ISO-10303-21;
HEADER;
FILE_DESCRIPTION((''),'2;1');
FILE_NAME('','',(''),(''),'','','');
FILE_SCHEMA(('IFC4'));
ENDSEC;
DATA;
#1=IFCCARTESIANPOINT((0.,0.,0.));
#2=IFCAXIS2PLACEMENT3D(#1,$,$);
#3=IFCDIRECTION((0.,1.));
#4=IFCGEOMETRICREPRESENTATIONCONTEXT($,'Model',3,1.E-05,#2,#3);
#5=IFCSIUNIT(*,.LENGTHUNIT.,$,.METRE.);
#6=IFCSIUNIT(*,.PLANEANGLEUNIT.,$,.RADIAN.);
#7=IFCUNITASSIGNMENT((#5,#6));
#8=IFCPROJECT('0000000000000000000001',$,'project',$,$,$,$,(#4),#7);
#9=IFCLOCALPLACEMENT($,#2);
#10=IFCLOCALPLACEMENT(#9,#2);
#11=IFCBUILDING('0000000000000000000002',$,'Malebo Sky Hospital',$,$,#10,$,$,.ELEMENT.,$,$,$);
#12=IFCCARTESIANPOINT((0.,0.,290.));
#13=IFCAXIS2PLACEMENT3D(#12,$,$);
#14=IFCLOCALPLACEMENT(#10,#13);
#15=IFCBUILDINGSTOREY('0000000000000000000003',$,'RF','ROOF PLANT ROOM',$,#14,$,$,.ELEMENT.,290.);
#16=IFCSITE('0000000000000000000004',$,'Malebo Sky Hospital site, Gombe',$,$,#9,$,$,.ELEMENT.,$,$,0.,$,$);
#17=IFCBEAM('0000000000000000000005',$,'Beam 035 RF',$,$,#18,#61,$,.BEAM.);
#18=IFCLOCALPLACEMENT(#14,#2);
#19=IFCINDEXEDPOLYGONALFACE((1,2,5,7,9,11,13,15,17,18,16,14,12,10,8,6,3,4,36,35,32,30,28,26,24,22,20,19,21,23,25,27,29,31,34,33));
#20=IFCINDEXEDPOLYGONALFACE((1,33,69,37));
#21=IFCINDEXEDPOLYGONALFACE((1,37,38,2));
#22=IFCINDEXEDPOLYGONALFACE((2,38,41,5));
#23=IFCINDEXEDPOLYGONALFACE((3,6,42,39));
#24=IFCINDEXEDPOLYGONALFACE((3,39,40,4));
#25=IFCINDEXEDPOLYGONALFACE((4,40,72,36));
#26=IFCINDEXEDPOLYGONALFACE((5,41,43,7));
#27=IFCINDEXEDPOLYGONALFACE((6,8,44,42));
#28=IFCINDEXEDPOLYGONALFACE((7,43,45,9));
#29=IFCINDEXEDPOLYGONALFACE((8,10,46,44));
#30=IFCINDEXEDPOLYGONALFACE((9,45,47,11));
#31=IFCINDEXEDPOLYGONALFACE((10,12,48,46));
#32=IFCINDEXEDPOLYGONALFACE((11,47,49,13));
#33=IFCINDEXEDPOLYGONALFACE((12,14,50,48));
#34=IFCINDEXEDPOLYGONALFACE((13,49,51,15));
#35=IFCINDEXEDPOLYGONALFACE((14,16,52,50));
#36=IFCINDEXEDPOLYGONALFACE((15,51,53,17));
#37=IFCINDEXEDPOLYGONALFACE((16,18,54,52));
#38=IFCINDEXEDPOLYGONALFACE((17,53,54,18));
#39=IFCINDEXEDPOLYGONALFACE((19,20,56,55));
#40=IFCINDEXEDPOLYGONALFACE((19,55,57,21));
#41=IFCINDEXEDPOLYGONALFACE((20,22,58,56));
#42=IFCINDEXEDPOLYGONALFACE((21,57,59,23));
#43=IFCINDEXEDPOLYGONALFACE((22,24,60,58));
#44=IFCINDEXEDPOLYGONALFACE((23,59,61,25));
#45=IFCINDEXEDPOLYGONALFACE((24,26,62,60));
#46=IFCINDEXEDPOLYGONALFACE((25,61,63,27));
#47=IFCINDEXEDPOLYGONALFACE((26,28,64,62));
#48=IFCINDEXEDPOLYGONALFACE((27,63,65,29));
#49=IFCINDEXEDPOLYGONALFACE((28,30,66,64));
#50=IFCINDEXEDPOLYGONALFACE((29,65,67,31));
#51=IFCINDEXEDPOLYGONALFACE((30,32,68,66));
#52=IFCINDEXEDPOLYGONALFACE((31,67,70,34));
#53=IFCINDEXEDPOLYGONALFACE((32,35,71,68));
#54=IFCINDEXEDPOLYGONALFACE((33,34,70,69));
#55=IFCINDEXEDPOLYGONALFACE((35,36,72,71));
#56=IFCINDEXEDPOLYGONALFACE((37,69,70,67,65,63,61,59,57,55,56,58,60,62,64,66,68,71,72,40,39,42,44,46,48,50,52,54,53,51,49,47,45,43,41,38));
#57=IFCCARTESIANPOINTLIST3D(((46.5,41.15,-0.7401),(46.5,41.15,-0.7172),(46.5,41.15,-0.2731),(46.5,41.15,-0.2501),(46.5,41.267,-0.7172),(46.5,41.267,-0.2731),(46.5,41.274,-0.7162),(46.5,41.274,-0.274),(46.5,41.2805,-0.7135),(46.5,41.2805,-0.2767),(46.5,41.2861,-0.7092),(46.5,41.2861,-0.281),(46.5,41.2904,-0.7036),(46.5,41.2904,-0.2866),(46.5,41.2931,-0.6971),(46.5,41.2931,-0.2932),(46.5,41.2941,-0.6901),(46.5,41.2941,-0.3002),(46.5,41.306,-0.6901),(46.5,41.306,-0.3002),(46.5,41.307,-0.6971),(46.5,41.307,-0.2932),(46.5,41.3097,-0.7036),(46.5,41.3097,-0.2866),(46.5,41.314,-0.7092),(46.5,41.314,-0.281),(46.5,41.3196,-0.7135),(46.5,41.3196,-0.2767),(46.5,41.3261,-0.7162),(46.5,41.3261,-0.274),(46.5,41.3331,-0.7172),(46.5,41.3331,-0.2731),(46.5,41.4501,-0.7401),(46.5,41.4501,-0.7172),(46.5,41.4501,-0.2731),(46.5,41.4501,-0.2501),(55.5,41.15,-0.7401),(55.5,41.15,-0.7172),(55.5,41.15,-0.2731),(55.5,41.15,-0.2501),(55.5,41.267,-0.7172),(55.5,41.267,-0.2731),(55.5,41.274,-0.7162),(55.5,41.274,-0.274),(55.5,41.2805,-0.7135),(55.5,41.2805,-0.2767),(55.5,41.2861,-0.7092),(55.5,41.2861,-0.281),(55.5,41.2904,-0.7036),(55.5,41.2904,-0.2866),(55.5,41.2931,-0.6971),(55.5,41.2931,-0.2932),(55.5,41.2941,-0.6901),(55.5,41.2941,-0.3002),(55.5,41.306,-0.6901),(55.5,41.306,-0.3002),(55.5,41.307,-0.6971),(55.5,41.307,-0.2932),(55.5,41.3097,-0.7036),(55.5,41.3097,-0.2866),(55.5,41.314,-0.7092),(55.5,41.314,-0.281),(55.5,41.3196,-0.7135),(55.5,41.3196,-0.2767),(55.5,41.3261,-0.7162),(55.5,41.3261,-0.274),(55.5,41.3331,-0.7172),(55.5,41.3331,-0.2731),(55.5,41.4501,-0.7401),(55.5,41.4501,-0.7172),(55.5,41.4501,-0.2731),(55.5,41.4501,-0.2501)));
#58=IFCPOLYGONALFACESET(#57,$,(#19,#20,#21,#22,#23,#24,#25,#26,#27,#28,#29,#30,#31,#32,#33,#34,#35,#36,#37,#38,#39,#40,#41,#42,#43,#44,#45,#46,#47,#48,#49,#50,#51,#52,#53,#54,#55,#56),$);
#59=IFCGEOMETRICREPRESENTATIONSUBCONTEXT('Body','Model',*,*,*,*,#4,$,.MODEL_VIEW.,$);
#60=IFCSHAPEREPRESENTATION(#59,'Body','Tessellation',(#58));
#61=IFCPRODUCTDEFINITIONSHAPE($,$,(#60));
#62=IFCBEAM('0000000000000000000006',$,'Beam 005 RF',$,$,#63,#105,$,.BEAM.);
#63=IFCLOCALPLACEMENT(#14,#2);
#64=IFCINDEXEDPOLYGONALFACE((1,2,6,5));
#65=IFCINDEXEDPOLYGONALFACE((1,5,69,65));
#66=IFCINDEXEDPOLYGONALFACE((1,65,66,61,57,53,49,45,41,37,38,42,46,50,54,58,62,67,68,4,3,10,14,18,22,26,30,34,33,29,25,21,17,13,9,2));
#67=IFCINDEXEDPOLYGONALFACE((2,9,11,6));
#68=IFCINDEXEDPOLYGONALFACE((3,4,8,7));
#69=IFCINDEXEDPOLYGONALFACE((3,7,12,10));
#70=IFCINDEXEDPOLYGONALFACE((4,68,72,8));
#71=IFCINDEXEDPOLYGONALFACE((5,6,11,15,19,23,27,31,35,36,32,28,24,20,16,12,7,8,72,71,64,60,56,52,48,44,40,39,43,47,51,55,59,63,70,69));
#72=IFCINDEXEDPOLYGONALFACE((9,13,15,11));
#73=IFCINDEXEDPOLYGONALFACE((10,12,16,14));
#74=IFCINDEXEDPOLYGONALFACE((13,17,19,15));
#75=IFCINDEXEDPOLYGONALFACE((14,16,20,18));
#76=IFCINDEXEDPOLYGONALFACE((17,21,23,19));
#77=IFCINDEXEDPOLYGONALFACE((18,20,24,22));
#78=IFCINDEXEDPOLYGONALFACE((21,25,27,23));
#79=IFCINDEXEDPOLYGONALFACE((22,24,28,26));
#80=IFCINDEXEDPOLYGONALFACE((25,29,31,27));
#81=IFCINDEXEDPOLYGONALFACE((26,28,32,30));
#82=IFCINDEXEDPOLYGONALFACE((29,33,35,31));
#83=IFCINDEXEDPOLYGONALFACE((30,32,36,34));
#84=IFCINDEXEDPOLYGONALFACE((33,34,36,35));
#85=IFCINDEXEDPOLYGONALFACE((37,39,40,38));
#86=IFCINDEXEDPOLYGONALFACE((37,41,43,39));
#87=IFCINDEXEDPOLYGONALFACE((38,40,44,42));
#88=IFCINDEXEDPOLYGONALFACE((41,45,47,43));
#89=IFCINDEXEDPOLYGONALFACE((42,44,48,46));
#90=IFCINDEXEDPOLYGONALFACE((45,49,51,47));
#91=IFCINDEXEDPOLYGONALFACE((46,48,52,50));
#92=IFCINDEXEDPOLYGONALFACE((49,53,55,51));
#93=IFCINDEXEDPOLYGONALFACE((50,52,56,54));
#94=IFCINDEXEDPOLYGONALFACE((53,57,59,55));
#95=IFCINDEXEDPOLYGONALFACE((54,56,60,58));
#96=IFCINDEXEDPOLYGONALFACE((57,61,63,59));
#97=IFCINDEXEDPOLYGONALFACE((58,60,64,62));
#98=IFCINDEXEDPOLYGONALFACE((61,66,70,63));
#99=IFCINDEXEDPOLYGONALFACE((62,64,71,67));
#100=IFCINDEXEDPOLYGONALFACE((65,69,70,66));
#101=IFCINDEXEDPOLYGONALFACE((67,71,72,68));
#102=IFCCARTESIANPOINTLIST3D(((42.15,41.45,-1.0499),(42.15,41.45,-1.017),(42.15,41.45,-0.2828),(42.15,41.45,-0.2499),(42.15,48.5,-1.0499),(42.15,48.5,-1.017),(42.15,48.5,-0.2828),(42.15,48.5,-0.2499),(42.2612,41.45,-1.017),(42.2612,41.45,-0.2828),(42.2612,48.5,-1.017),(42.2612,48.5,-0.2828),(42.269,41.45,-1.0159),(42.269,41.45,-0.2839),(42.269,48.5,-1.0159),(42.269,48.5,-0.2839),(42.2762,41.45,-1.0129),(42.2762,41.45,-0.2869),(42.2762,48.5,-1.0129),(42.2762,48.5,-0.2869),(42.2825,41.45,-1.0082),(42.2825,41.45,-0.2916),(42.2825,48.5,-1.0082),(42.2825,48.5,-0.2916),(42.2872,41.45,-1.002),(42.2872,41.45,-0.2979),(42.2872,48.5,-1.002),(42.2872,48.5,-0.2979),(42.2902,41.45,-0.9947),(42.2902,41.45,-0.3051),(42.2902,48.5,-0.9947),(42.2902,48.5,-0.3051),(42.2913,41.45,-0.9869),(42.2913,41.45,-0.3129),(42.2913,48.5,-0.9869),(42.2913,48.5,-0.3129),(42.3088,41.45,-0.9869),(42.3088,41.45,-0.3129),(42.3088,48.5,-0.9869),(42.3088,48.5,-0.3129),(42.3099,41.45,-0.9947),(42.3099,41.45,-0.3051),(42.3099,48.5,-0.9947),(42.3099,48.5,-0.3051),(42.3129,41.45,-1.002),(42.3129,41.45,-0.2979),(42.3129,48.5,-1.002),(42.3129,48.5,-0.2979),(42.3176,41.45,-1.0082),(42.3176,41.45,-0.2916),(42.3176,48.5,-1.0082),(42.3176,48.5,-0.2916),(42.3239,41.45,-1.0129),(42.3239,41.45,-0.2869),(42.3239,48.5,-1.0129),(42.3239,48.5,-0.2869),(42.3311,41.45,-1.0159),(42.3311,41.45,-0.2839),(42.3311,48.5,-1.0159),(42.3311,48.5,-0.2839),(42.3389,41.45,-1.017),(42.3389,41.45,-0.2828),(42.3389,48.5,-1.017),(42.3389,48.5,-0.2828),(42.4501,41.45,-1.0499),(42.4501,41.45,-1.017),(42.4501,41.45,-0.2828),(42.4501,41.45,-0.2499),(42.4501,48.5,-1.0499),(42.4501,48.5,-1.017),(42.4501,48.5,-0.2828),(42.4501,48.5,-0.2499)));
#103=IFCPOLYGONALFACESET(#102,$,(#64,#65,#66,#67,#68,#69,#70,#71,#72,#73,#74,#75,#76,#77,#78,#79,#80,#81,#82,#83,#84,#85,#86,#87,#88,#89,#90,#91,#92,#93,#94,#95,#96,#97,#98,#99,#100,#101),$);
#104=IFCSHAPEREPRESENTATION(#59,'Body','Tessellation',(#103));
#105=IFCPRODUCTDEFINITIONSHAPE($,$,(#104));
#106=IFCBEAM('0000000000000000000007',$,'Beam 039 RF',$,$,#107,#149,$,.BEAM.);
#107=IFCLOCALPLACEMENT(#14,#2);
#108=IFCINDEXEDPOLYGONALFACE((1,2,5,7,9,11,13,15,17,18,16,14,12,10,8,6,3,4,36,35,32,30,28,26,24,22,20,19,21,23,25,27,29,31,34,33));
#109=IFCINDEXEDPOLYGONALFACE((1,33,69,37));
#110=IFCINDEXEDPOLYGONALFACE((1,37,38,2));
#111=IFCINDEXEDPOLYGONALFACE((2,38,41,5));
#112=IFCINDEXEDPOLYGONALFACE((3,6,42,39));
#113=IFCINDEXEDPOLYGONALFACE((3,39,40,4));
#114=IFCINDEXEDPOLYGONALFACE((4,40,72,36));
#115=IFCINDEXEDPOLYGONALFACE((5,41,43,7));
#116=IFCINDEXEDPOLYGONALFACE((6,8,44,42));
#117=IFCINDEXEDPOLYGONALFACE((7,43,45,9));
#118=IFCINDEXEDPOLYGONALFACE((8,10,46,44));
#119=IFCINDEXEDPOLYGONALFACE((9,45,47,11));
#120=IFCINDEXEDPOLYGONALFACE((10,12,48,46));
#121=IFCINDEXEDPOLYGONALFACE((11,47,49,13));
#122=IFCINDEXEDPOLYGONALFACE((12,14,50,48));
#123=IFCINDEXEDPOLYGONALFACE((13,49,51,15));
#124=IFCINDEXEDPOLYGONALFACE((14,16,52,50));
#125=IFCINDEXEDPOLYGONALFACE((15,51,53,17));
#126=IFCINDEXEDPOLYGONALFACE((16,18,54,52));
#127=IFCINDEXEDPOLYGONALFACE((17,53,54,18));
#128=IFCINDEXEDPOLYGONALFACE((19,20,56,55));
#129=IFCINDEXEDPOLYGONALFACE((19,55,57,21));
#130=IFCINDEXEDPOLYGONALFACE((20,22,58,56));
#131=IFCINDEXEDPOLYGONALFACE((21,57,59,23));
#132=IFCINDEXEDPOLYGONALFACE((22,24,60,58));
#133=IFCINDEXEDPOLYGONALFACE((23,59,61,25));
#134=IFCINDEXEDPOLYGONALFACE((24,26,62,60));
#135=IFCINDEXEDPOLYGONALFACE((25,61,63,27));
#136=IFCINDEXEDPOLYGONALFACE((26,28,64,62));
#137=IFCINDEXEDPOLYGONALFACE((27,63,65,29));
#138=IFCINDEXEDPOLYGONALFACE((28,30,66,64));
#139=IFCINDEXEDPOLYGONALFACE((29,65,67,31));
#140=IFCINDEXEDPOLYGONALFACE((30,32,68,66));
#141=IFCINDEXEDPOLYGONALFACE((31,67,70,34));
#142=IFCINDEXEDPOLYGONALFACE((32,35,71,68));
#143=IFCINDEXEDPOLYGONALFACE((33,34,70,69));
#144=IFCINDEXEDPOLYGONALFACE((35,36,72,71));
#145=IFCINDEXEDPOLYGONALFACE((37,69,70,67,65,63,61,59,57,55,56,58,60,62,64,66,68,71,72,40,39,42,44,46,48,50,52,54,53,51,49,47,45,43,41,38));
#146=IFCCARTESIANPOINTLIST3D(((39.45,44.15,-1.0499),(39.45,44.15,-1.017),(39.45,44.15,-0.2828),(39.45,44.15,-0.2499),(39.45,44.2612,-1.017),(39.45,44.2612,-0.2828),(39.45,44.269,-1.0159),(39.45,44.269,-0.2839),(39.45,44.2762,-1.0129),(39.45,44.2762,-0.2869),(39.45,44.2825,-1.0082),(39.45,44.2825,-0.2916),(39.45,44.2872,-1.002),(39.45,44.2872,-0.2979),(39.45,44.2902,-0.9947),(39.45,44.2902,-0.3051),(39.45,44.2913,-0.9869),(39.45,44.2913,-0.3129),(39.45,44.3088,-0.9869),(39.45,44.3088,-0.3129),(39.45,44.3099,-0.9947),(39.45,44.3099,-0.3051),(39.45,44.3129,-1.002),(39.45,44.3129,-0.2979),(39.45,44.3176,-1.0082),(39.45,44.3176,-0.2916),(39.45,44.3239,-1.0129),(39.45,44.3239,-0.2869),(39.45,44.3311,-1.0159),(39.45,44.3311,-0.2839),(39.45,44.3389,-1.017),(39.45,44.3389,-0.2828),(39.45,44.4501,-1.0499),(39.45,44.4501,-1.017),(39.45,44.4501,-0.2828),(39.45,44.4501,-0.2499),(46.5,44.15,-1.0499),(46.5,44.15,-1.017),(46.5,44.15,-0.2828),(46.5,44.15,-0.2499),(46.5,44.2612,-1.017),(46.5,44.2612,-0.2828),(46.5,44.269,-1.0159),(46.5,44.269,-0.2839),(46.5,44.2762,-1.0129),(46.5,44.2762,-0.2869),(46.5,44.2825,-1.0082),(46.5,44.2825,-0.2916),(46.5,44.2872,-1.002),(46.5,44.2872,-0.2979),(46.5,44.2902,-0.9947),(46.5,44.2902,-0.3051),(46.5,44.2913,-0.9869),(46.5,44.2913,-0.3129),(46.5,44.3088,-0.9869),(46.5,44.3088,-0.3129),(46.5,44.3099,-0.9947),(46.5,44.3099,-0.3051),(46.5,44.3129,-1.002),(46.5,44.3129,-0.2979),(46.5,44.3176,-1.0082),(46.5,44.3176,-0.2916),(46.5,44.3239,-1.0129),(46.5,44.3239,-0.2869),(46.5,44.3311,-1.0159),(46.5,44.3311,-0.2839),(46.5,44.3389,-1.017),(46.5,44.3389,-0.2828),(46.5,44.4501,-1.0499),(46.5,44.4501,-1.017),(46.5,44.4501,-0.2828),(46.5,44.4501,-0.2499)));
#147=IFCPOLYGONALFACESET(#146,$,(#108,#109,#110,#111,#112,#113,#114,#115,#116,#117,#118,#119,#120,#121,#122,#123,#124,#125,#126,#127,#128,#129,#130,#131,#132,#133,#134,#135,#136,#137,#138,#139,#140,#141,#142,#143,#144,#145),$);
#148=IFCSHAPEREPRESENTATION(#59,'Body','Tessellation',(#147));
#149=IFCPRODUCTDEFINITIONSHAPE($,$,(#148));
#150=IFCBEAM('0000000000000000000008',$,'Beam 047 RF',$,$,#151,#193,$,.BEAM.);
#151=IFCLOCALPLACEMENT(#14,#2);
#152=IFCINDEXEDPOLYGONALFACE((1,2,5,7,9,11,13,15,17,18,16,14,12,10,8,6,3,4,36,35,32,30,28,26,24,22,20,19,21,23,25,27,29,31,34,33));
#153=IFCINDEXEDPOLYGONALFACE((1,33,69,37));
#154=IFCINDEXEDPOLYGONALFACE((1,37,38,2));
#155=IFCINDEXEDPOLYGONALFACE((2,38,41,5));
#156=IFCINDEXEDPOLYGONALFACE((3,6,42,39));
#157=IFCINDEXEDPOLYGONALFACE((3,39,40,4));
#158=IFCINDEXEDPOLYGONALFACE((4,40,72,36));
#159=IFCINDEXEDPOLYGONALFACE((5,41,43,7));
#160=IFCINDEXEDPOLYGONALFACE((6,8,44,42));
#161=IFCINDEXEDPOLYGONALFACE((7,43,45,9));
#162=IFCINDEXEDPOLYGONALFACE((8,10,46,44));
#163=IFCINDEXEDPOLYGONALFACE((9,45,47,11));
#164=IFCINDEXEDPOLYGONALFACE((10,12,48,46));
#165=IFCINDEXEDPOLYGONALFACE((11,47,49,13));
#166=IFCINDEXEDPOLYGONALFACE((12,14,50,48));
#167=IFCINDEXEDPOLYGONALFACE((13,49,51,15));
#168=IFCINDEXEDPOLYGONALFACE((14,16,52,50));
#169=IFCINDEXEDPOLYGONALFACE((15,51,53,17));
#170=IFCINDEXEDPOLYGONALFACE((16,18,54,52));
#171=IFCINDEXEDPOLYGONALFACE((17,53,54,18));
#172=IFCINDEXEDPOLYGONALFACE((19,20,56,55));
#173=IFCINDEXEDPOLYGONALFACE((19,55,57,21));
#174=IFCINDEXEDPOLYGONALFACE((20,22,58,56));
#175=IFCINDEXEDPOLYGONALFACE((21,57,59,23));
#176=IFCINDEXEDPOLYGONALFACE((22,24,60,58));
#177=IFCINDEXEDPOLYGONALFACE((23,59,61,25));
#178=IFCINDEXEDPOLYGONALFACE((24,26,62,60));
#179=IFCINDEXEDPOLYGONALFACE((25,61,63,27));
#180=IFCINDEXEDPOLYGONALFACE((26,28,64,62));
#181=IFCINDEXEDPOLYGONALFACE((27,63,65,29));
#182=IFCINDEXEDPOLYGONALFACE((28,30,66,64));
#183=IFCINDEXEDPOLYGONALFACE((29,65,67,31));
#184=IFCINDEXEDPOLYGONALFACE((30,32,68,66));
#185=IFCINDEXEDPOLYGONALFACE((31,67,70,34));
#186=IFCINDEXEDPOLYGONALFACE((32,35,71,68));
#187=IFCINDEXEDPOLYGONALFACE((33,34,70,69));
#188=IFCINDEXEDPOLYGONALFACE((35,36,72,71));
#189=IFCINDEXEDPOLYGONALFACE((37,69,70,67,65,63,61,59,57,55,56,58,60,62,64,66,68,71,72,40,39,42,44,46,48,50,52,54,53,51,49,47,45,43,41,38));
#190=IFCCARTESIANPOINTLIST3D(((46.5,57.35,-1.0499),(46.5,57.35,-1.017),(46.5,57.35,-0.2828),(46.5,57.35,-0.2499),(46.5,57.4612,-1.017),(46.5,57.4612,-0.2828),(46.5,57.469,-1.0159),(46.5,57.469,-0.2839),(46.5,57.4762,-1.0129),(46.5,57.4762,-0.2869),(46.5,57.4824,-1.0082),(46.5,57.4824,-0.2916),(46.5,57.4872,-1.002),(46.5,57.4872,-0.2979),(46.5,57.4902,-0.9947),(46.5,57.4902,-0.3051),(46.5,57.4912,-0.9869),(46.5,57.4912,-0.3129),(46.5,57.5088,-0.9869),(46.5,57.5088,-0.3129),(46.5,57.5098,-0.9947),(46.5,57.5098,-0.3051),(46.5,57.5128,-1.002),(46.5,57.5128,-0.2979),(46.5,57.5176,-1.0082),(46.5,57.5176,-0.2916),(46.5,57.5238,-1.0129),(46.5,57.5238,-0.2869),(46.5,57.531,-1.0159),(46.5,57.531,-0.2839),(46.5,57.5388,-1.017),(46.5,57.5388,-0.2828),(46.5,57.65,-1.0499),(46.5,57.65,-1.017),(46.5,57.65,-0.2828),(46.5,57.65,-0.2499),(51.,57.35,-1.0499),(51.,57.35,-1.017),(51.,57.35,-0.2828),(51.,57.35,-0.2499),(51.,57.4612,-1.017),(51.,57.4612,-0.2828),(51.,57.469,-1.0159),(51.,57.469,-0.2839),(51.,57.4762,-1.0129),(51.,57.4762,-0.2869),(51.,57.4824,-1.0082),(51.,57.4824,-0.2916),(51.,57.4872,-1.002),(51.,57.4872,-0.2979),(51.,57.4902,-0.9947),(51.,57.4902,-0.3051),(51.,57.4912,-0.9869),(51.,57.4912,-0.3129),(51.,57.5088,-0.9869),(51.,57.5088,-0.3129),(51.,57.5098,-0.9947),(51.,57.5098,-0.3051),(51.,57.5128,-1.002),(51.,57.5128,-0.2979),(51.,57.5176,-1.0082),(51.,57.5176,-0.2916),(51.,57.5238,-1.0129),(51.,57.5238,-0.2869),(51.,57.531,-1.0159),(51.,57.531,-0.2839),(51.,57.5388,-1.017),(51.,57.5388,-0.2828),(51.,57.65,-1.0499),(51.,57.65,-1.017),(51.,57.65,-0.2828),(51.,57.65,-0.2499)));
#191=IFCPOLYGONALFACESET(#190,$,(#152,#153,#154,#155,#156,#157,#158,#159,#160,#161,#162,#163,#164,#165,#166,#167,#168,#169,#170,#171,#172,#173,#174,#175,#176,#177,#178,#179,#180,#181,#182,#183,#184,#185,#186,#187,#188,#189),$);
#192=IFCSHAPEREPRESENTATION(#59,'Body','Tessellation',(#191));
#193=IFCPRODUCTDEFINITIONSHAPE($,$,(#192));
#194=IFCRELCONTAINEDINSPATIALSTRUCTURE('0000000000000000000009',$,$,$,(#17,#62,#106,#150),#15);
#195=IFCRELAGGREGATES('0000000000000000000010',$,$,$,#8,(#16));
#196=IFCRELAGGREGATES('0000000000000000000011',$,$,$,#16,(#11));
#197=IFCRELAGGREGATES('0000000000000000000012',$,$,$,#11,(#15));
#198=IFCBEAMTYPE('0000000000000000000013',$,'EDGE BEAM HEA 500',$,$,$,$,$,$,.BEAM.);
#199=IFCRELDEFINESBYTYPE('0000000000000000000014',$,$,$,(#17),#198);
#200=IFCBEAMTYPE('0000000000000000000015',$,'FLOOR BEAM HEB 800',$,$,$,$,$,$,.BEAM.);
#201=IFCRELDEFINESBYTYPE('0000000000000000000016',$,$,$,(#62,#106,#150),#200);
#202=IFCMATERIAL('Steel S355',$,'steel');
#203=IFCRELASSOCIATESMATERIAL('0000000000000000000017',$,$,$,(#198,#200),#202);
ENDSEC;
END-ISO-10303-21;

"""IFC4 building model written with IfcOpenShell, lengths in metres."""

from ifc_helpers import new_model, si_unit, direction, frame, origin, origin_2d, place, context, subcontext, project, spatial, i_section, extrude, material, material_profile, profile_set, type_object, element, save


model = new_model("IFC4")

# Units and contexts
model_context = context("Model", 3, precision=1e-05, world=origin(), true_north=direction((0.0, 1.0)))
body_context = subcontext(model_context, "Body", "Model", "MODEL_VIEW")
ifc_project = project(units=[si_unit("LENGTHUNIT", "METRE"), si_unit("PLANEANGLEUNIT", "RADIAN")], contexts=[model_context])

# Site, building, storey
site_placement = place(None, origin())
site = spatial("IfcSite", under=ifc_project, at=site_placement, Name="Malebo Sky Hospital site, Gombe", CompositionType="ELEMENT", RefElevation=0.0)
building_placement = place(site_placement, origin())
building = spatial("IfcBuilding", under=site, at=building_placement, Name="Malebo Sky Hospital", CompositionType="ELEMENT")
storey_placement = place(building_placement, frame((0.0, 0.0, 290.0)))
storey = spatial("IfcBuildingStorey", under=building, at=storey_placement, Name="RF", Description="ROOF PLANT ROOM", CompositionType="ELEMENT", Elevation=290.0)

# Beams
ifc_material_1 = material(Name="Steel S355", Category="steel")
ifc_material_profile_1 = material_profile(ifc_material_1, i_section(OverallWidth=0.3, OverallDepth=0.49, WebThickness=0.012, FlangeThickness=0.0229, FilletRadius=0.0271, at=origin_2d()), Name="HEA 500")
ifc_profile_set_1 = profile_set([ifc_material_profile_1], Name="Steel S355")
beam_type_1 = type_object("IfcBeamType", Name="EDGE BEAM HEA 500", PredefinedType="BEAM", material=ifc_profile_set_1)
beam_1_placement = place(storey_placement, frame((46.5, 41.3, -0.4951), z_axis=(1.0, 0.0, 0.0), x_axis=(0.0, 1.0, 0.0)))
element("IfcBeam", 1, at=beam_1_placement, inside=storey, type_object=beam_type_1, Name="Beam 035 RF", PredefinedType="BEAM", context=body_context, shape_type="SweptSolid", body=[
    extrude(i_section(OverallWidth=0.3, OverallDepth=0.49, WebThickness=0.012, FlangeThickness=0.0229, FilletRadius=0.0271, at=origin_2d()), origin(), (0.0, 0.0, 1.0), 9.0),
])
ifc_material_profile_2 = material_profile(ifc_material_1, i_section(OverallWidth=0.3, OverallDepth=0.8, WebThickness=0.0176, FlangeThickness=0.033, FilletRadius=0.03, at=origin_2d()), Name="HEB 800")
ifc_profile_set_2 = profile_set([ifc_material_profile_2], Name="Steel S355")
beam_type_2 = type_object("IfcBeamType", Name="FLOOR BEAM HEB 800", PredefinedType="BEAM", material=ifc_profile_set_2)
for number, where, z_axis, x_axis, name in (
    (2, (42.3, 41.45, -0.6499), (0.0, 1.0, 0.0), (-1.0, 0.0, 0.0), "Beam 005 RF"),
    (3, (39.45, 44.3, -0.6499), (1.0, 0.0, 0.0), (0.0, 1.0, 0.0), "Beam 039 RF"),
):
    element("IfcBeam", number, at=place(storey_placement, frame(where, z_axis=z_axis, x_axis=x_axis)), inside=storey, type_object=beam_type_2, Name=name, PredefinedType="BEAM", context=body_context, shape_type="SweptSolid", body=[
        extrude(i_section(OverallWidth=0.3, OverallDepth=0.8, WebThickness=0.0176, FlangeThickness=0.033, FilletRadius=0.03, at=origin_2d()), origin(), (0.0, 0.0, 1.0), 7.05),
    ])
beam_2_placement = place(storey_placement, frame((46.5, 57.5, -0.6499), z_axis=(1.0, 0.0, 0.0), x_axis=(0.0, 1.0, 0.0)))
element("IfcBeam", 4, at=beam_2_placement, inside=storey, type_object=beam_type_2, Name="Beam 047 RF", PredefinedType="BEAM", context=body_context, shape_type="SweptSolid", body=[
    extrude(i_section(OverallWidth=0.3, OverallDepth=0.8, WebThickness=0.0176, FlangeThickness=0.033, FilletRadius=0.03, at=origin_2d()), origin(), (0.0, 0.0, 1.0), 4.5),
])

save(model, "model.ifc")
